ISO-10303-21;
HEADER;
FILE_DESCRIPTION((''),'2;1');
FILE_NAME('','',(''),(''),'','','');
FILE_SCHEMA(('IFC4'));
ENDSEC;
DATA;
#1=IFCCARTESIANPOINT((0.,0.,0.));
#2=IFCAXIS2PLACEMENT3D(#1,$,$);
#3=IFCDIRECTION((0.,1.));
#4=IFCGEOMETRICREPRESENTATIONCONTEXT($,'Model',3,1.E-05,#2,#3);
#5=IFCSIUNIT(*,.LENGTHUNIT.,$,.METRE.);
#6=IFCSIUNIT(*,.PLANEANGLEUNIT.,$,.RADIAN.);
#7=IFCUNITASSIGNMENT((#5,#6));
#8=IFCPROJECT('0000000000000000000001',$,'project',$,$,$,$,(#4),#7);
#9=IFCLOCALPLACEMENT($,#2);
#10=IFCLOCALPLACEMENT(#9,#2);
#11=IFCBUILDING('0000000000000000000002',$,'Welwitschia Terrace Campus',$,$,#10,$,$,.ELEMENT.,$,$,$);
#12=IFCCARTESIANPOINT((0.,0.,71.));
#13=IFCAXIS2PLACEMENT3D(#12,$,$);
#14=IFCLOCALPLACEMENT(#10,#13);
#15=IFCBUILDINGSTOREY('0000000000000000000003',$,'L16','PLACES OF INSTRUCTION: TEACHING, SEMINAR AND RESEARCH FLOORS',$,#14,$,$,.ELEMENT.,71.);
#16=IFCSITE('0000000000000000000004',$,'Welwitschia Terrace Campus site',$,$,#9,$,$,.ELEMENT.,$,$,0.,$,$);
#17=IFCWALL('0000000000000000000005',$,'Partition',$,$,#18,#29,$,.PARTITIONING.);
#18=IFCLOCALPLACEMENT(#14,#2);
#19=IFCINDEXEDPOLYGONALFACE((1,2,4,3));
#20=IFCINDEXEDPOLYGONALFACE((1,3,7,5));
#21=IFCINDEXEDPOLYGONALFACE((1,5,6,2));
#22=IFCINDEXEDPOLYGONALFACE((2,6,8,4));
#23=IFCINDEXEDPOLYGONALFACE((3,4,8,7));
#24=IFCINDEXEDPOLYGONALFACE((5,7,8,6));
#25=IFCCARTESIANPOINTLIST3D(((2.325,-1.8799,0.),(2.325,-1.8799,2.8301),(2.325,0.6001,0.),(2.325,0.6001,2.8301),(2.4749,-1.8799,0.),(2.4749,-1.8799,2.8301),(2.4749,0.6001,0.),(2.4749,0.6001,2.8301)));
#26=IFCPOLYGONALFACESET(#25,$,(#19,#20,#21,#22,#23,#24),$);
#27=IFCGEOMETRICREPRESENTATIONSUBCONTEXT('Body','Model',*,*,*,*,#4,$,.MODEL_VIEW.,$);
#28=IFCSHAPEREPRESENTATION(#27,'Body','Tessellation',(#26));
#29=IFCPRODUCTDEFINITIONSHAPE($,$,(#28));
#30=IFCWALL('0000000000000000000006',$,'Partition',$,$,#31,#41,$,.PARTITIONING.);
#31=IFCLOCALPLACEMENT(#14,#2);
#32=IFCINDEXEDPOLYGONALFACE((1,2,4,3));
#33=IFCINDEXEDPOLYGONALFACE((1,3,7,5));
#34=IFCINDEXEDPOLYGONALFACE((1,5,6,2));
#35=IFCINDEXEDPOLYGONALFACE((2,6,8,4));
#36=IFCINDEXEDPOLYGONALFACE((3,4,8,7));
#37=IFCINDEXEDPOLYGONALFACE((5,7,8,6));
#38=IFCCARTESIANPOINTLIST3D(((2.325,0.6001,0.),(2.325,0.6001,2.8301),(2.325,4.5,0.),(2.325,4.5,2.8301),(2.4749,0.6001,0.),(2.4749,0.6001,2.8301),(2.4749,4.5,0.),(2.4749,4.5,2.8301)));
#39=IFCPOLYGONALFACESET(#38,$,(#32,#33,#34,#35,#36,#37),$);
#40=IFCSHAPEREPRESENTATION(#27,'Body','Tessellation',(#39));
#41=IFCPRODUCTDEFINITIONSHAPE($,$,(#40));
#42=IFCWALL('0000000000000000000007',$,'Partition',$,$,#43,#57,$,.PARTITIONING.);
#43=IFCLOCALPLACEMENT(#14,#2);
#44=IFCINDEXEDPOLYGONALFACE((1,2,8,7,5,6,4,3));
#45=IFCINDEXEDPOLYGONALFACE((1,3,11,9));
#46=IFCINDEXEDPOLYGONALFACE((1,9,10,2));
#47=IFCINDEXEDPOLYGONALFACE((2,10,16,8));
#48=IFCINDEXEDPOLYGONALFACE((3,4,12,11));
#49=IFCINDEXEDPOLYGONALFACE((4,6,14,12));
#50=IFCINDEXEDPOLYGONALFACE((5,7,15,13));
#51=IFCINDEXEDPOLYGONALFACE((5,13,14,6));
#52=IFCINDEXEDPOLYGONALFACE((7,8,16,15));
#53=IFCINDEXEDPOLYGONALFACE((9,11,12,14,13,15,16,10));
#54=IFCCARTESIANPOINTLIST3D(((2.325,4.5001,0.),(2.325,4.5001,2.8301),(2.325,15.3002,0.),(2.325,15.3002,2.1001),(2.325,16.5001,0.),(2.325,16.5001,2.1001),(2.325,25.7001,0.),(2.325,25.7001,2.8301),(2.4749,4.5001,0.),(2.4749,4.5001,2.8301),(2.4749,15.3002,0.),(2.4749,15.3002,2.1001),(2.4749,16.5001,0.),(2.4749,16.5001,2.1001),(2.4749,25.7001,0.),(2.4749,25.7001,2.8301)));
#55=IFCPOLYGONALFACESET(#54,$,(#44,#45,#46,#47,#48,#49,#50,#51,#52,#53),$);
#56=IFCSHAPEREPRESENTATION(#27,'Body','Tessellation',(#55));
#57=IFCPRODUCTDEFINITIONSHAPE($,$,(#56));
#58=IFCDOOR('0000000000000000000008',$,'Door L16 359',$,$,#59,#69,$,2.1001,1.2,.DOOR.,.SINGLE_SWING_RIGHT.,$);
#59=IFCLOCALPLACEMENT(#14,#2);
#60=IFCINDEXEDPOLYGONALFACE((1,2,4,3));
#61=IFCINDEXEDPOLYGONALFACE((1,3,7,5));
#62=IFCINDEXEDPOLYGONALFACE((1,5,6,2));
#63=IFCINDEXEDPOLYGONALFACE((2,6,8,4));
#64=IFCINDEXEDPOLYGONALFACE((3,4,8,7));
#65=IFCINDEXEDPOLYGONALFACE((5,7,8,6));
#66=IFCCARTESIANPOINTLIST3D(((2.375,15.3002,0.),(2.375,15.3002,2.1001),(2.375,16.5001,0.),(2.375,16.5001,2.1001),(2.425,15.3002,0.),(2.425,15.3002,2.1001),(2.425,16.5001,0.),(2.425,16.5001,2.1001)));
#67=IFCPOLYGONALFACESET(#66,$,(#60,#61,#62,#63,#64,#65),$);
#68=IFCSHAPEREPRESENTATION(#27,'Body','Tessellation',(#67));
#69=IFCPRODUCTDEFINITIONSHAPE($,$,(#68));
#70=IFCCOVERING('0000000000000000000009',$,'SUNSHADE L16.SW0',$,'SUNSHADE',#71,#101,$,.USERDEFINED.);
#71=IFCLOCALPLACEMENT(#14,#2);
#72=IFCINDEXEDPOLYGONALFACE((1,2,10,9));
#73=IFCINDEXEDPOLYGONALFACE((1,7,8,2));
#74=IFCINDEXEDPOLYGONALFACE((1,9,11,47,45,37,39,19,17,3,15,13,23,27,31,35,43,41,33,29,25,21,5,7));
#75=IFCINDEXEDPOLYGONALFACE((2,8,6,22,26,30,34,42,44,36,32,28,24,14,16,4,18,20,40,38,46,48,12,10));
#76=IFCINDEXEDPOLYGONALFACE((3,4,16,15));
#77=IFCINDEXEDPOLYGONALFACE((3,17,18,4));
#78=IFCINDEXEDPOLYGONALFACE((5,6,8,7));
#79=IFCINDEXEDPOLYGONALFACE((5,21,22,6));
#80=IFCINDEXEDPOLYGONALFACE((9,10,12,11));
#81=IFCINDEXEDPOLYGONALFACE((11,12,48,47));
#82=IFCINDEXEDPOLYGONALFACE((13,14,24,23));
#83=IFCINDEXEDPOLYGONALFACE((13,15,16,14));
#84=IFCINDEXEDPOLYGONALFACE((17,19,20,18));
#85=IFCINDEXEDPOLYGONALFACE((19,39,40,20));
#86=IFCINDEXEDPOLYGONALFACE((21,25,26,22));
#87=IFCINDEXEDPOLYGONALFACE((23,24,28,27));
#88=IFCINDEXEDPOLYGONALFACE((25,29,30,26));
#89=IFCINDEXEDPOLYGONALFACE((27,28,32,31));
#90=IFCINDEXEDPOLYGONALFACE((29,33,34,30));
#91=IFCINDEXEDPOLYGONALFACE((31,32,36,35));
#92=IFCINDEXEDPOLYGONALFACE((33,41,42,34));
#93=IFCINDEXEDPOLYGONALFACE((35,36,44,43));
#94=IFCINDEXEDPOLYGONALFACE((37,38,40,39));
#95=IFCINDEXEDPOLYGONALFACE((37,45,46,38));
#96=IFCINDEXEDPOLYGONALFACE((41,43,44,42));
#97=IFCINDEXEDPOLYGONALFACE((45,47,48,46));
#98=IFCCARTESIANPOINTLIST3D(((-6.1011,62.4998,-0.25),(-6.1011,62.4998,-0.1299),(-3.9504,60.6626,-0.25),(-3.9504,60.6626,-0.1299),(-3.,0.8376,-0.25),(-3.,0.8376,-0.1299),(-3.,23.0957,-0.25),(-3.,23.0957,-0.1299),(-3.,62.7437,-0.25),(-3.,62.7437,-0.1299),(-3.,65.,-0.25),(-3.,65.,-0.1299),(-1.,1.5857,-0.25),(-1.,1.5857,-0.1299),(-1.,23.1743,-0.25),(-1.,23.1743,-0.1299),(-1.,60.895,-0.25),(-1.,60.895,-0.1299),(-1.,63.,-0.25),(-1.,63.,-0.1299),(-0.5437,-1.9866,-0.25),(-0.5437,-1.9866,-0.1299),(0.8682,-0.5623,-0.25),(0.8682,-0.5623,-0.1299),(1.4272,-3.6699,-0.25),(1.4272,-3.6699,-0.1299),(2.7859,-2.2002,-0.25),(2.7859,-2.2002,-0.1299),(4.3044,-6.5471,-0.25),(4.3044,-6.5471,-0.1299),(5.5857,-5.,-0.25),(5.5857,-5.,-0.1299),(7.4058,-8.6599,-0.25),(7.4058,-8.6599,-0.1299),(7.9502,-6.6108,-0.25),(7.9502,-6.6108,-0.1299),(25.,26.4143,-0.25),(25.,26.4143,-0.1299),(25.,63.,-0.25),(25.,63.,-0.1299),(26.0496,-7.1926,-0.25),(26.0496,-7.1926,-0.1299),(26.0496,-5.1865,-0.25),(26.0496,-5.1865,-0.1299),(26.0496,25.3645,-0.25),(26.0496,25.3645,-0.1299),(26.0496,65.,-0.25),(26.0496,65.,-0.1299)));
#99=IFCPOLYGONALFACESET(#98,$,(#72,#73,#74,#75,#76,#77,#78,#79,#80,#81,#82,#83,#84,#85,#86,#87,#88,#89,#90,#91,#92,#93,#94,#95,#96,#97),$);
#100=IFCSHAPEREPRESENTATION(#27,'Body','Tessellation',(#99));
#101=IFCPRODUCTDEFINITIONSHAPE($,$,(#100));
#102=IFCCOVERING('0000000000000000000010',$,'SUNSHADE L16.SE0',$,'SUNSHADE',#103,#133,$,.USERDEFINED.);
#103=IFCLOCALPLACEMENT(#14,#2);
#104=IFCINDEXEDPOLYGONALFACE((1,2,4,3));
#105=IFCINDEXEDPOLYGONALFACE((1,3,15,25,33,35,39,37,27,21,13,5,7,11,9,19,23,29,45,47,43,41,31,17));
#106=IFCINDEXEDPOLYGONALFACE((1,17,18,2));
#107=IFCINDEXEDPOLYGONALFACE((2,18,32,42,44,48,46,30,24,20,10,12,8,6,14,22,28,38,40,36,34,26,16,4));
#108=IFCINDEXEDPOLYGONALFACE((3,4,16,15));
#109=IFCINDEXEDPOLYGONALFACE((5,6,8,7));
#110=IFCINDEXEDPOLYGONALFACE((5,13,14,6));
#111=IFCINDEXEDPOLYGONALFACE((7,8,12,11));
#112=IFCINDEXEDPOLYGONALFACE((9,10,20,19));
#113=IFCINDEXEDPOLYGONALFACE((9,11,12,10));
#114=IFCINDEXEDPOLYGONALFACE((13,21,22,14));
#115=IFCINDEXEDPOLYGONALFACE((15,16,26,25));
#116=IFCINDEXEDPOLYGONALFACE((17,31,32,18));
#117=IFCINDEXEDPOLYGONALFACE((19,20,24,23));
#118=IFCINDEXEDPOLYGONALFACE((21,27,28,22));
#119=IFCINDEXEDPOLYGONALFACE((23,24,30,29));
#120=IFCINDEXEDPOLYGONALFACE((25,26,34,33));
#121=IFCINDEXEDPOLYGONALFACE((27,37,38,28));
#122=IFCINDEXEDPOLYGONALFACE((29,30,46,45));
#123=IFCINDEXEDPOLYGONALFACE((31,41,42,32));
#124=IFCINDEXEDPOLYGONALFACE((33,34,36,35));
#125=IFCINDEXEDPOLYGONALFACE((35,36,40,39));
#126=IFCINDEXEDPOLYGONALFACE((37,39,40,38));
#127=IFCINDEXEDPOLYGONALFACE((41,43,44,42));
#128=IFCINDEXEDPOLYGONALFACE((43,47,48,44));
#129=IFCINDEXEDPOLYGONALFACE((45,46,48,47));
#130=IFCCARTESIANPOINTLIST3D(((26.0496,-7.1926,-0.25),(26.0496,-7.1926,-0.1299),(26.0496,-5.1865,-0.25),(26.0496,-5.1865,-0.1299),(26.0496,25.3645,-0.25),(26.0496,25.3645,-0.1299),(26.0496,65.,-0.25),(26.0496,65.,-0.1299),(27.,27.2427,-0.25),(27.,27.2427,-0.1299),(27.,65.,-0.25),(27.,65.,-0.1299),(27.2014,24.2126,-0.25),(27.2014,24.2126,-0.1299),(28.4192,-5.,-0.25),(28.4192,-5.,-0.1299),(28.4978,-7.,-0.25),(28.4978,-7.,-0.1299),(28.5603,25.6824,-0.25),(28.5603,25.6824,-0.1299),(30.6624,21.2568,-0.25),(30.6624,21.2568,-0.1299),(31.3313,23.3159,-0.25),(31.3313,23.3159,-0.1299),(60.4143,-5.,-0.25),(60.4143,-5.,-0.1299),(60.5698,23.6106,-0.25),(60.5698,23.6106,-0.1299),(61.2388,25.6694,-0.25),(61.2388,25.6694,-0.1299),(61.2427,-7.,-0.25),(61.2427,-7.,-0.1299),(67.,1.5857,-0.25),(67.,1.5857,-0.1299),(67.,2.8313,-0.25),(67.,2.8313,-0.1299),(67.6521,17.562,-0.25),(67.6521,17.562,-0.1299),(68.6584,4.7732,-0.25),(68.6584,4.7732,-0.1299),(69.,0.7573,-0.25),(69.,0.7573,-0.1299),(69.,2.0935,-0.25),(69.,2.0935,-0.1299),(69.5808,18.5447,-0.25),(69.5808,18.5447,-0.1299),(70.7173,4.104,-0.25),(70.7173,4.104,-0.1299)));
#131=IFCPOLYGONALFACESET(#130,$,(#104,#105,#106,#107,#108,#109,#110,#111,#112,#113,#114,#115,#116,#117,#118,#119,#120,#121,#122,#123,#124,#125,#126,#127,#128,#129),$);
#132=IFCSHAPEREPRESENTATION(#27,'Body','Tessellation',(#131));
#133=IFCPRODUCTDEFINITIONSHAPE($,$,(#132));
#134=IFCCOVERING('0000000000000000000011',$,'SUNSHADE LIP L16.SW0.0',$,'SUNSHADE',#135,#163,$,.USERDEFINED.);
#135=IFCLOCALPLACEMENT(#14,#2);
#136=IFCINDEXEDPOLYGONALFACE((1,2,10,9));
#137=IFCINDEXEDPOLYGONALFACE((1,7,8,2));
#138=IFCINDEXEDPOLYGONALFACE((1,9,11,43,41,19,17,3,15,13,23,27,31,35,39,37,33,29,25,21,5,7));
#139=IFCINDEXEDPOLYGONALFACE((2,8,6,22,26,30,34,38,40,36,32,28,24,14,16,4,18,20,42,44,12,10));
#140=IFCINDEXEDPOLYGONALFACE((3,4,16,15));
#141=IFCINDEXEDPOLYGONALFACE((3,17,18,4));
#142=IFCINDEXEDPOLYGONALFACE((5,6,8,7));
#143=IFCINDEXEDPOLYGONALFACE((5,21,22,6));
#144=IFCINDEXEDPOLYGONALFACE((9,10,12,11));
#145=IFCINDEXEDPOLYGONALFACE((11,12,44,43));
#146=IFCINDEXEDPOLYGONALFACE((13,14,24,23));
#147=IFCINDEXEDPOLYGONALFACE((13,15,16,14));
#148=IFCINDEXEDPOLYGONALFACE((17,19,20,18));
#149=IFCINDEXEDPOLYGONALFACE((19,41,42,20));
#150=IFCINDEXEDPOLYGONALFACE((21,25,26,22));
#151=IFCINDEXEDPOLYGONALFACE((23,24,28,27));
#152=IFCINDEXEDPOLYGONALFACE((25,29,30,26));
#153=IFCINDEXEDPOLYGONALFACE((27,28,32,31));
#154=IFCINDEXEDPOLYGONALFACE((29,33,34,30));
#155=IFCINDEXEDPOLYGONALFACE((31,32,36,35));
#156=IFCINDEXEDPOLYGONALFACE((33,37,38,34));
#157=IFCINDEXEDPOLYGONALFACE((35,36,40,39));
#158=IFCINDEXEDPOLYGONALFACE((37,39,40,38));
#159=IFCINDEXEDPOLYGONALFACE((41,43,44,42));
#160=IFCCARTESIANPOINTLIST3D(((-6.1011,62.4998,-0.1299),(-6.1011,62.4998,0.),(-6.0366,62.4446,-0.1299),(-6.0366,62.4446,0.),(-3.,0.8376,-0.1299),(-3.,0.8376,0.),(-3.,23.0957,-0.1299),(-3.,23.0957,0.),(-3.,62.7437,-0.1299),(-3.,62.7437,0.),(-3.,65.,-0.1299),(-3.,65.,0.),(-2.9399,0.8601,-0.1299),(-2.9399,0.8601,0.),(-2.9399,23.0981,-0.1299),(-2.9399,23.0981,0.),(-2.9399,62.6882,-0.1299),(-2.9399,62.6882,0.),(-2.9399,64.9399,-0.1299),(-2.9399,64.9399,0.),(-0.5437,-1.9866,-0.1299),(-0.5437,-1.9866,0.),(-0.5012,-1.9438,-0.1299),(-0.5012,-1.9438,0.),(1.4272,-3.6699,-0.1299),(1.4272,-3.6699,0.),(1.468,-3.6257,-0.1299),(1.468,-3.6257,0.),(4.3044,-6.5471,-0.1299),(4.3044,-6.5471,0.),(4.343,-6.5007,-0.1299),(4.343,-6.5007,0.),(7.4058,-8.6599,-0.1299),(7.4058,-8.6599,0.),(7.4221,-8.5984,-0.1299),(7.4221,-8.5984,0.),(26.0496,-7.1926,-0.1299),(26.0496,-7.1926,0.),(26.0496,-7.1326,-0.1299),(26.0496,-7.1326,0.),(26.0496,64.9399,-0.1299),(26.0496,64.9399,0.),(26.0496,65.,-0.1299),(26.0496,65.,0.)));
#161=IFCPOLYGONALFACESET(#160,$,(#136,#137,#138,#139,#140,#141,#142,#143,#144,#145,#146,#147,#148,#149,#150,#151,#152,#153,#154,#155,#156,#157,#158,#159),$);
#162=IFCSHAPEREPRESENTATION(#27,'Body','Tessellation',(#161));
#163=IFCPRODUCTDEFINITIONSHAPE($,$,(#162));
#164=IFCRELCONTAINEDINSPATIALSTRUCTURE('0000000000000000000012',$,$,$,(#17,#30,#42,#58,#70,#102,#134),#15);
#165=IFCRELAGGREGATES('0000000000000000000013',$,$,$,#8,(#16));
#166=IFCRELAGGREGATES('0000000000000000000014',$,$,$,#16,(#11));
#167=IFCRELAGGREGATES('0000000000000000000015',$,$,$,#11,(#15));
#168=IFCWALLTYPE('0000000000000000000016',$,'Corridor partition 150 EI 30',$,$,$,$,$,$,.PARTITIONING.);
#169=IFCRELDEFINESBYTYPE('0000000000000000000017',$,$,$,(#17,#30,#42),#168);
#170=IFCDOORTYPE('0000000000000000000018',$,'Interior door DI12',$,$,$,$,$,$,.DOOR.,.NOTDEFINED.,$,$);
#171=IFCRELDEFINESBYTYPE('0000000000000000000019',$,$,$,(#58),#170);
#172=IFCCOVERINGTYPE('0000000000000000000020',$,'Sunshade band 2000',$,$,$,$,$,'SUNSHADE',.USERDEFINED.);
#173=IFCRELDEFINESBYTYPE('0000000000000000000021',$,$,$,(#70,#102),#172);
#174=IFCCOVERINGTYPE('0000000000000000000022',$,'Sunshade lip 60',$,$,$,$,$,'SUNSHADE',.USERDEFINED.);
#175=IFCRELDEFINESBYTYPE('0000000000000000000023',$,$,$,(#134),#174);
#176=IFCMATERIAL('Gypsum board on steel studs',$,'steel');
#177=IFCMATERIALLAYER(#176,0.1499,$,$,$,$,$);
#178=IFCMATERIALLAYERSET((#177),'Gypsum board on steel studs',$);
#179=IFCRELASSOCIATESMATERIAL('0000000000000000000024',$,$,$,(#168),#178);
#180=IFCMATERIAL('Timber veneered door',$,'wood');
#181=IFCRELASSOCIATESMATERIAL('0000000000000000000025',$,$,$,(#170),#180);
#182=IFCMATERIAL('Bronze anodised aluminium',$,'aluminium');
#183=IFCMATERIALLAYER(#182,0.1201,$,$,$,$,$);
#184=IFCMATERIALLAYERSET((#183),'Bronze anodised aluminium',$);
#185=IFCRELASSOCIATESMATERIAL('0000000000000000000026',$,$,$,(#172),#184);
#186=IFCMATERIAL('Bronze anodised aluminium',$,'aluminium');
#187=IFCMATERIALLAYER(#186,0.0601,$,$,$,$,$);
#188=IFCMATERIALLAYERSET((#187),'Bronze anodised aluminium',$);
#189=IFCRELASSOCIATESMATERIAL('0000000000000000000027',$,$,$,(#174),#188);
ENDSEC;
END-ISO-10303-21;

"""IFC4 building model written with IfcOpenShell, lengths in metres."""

from ifc_helpers import new_model, si_unit, direction, frame, frame_2d, origin, place, context, subcontext, project, spatial, polyline, rectangle, outline, extrude, material, layer, layer_set, type_object, element, fill, save


model = new_model("IFC4")

# Units and contexts
model_context = context("Model", 3, precision=1e-05, world=origin(), true_north=direction((0.0, 1.0)))
body_context = subcontext(model_context, "Body", "Model", "MODEL_VIEW")
ifc_project = project(units=[si_unit("LENGTHUNIT", "METRE"), si_unit("PLANEANGLEUNIT", "RADIAN")], contexts=[model_context])

# Site, building, storey
site_placement = place(None, origin())
site = spatial("IfcSite", under=ifc_project, at=site_placement, Name="Welwitschia Terrace Campus site", CompositionType="ELEMENT", RefElevation=0.0)
building_placement = place(site_placement, origin())
building = spatial("IfcBuilding", under=site, at=building_placement, Name="Welwitschia Terrace Campus", CompositionType="ELEMENT")
storey_placement = place(building_placement, frame((0.0, 0.0, 71.0)))
storey = spatial("IfcBuildingStorey", under=building, at=storey_placement, Name="L16", Description="PLACES OF INSTRUCTION: TEACHING, SEMINAR AND RESEARCH FLOORS", CompositionType="ELEMENT", Elevation=71.0)

# Walls
ifc_material_1 = material(Name="Gypsum board on steel studs", Category="steel")
ifc_layer_1 = layer(ifc_material_1, 0.1499)
ifc_layer_set_1 = layer_set([ifc_layer_1], Name="Gypsum board on steel studs")
wall_type = type_object("IfcWallType", Name="Corridor partition 150 EI 30", PredefinedType="PARTITIONING", material=ifc_layer_set_1)
wall_1_placement = place(storey_placement, frame((2.3999, -1.8799, 0.0), z_axis=(0.0, 0.0, 1.0), x_axis=(0.0, 1.0, 0.0)))
element("IfcWall", 1, at=wall_1_placement, inside=storey, type_object=wall_type, Name="Partition", PredefinedType="PARTITIONING", context=body_context, shape_type="SweptSolid", body=[
    extrude(rectangle(XDim=2.48, YDim=0.1499, at=frame_2d((1.24, 0.0))), origin(), (0.0, 0.0, 1.0), 2.8301),
])
wall_2_placement = place(storey_placement, frame((2.3999, 0.6001, 0.0), z_axis=(0.0, 0.0, 1.0), x_axis=(0.0, 1.0, 0.0)))
element("IfcWall", 2, at=wall_2_placement, inside=storey, type_object=wall_type, Name="Partition", PredefinedType="PARTITIONING", context=body_context, shape_type="SweptSolid", body=[
    extrude(rectangle(XDim=3.8999, YDim=0.1499, at=frame_2d((1.95, 0.0))), origin(), (0.0, 0.0, 1.0), 2.8301),
])

# Wall, opening, door
wall_3_placement = place(storey_placement, frame((2.3999, 4.5, 0.0), z_axis=(0.0, 0.0, 1.0), x_axis=(0.0, 1.0, 0.0)))
wall_3 = element("IfcWall", 3, at=wall_3_placement, inside=storey, type_object=wall_type, Name="Partition", PredefinedType="PARTITIONING", context=body_context, shape_type="SweptSolid", body=[
    extrude(rectangle(XDim=21.2, YDim=0.1499, at=frame_2d((10.6001, 0.0))), origin(), (0.0, 0.0, 1.0), 2.8301),
])
opening_placement = place(wall_3_placement, frame((10.8, 0.0, 0.0)))
opening = element("IfcOpeningElement", 4, at=opening_placement, cuts=wall_3, PredefinedType="OPENING", context=body_context, shape_type="SweptSolid", body=[
    extrude(rectangle(XDim=1.2, YDim=2.1001, at=frame_2d((0.6001, 1.05))), frame((0.0, 0.085, 0.0), z_axis=(0.0, -1.0, 0.0), x_axis=(1.0, 0.0, 0.0)), (0.0, 0.0, 1.0), 0.1699),
])
ifc_material_2 = material(Name="Timber veneered door", Category="wood")
door_type = type_object("IfcDoorType", Name="Interior door DI12", OperationType="NOTDEFINED", PredefinedType="DOOR", material=ifc_material_2)
door_placement = place(opening_placement, origin())
door = element("IfcDoor", 5, at=door_placement, inside=storey, type_object=door_type, Name="Door L16 359", OperationType="SINGLE_SWING_RIGHT", OverallHeight=2.1001, OverallWidth=1.2, PredefinedType="DOOR", context=body_context, shape_type="SweptSolid", body=[
    extrude(rectangle(XDim=1.2, YDim=2.1001, at=frame_2d((0.6001, 1.05))), frame((0.0, 0.0249, 0.0), z_axis=(0.0, -1.0, 0.0), x_axis=(1.0, 0.0, 0.0)), (0.0, 0.0, 1.0), 0.05),
])
fill(opening, door)

# Coverings
ifc_material_3 = material(Name="Bronze anodised aluminium", Category="aluminium")
ifc_layer_2 = layer(ifc_material_3, 0.1201)
ifc_layer_set_2 = layer_set([ifc_layer_2], Name="Bronze anodised aluminium")
covering_type_1 = type_object("IfcCoveringType", Name="Sunshade band 2000", ElementType="SUNSHADE", PredefinedType="USERDEFINED", material=ifc_layer_set_2)
covering_1_placement = place(storey_placement, frame((0.0, 0.0, -0.25)))
element("IfcCovering", 6, at=covering_1_placement, inside=storey, type_object=covering_type_1, Name="SUNSHADE L16.SW0", ObjectType="SUNSHADE", PredefinedType="USERDEFINED", context=body_context, shape_type="SweptSolid", body=[
    extrude(outline(polyline([(-6.1011, 62.4998), (-3.0, 62.7437), (-3.0, 65.0), (26.0496, 65.0), (26.0496, 25.3645), (25.0, 26.4143), (25.0, 63.0), (-1.0, 63.0), (-1.0, 60.895), (-3.9504, 60.6626), (-1.0, 23.1743), (-1.0, 1.5857), (0.8682, -0.5623), (2.7859, -2.2002), (5.5857, -5.0), (7.9502, -6.6108), (26.0496, -5.1865), (26.0496, -7.1926), (7.4058, -8.6599), (4.3044, -6.5471), (1.4272, -3.6699), (-0.5437, -1.9866), (-3.0, 0.8376), (-3.0, 23.0957), (-6.1011, 62.4998)])), origin(), (0.0, 0.0, 1.0), 0.1201),
])
covering_2_placement = place(storey_placement, frame((0.0, 0.0, -0.25)))
element("IfcCovering", 7, at=covering_2_placement, inside=storey, type_object=covering_type_1, Name="SUNSHADE L16.SE0", ObjectType="SUNSHADE", PredefinedType="USERDEFINED", context=body_context, shape_type="SweptSolid", body=[
    extrude(outline(polyline([(27.0, 65.0), (27.0, 27.2427), (28.5603, 25.6824), (31.3313, 23.3159), (61.2388, 25.6694), (69.5808, 18.5447), (70.7173, 4.104), (69.0, 2.0935), (69.0, 0.7573), (61.2427, -7.0), (28.4978, -7.0), (26.0496, -7.1926), (26.0496, -5.1865), (28.4192, -5.0), (60.4143, -5.0), (67.0, 1.5857), (67.0, 2.8313), (68.6584, 4.7732), (67.6521, 17.562), (60.5698, 23.6106), (30.6624, 21.2568), (27.2014, 24.2126), (26.0496, 25.3645), (26.0496, 65.0), (27.0, 65.0)])), origin(), (0.0, 0.0, 1.0), 0.1201),
])
ifc_material_4 = material(Name="Bronze anodised aluminium", Category="aluminium")
ifc_layer_3 = layer(ifc_material_4, 0.0601)
ifc_layer_set_3 = layer_set([ifc_layer_3], Name="Bronze anodised aluminium")
covering_type_2 = type_object("IfcCoveringType", Name="Sunshade lip 60", ElementType="SUNSHADE", PredefinedType="USERDEFINED", material=ifc_layer_set_3)
covering_3_placement = place(storey_placement, frame((0.0, 0.0, -0.1299)))
element("IfcCovering", 8, at=covering_3_placement, inside=storey, type_object=covering_type_2, Name="SUNSHADE LIP L16.SW0.0", ObjectType="SUNSHADE", PredefinedType="USERDEFINED", context=body_context, shape_type="SweptSolid", body=[
    extrude(outline(polyline([(-3.0, 62.7437), (-3.0, 65.0), (26.0496, 65.0), (26.0496, 64.9399), (-2.9399, 64.9399), (-2.9399, 62.6882), (-6.0366, 62.4446), (-2.9399, 23.0981), (-2.9399, 0.8601), (-0.5012, -1.9438), (1.468, -3.6257), (4.343, -6.5007), (7.4221, -8.5984), (26.0496, -7.1326), (26.0496, -7.1926), (7.4058, -8.6599), (4.3044, -6.5471), (1.4272, -3.6699), (-0.5437, -1.9866), (-3.0, 0.8376), (-3.0, 23.0957), (-6.1011, 62.4998), (-3.0, 62.7437)])), origin(), (0.0, 0.0, 1.0), 0.1299),
])

save(model, "model.ifc")
